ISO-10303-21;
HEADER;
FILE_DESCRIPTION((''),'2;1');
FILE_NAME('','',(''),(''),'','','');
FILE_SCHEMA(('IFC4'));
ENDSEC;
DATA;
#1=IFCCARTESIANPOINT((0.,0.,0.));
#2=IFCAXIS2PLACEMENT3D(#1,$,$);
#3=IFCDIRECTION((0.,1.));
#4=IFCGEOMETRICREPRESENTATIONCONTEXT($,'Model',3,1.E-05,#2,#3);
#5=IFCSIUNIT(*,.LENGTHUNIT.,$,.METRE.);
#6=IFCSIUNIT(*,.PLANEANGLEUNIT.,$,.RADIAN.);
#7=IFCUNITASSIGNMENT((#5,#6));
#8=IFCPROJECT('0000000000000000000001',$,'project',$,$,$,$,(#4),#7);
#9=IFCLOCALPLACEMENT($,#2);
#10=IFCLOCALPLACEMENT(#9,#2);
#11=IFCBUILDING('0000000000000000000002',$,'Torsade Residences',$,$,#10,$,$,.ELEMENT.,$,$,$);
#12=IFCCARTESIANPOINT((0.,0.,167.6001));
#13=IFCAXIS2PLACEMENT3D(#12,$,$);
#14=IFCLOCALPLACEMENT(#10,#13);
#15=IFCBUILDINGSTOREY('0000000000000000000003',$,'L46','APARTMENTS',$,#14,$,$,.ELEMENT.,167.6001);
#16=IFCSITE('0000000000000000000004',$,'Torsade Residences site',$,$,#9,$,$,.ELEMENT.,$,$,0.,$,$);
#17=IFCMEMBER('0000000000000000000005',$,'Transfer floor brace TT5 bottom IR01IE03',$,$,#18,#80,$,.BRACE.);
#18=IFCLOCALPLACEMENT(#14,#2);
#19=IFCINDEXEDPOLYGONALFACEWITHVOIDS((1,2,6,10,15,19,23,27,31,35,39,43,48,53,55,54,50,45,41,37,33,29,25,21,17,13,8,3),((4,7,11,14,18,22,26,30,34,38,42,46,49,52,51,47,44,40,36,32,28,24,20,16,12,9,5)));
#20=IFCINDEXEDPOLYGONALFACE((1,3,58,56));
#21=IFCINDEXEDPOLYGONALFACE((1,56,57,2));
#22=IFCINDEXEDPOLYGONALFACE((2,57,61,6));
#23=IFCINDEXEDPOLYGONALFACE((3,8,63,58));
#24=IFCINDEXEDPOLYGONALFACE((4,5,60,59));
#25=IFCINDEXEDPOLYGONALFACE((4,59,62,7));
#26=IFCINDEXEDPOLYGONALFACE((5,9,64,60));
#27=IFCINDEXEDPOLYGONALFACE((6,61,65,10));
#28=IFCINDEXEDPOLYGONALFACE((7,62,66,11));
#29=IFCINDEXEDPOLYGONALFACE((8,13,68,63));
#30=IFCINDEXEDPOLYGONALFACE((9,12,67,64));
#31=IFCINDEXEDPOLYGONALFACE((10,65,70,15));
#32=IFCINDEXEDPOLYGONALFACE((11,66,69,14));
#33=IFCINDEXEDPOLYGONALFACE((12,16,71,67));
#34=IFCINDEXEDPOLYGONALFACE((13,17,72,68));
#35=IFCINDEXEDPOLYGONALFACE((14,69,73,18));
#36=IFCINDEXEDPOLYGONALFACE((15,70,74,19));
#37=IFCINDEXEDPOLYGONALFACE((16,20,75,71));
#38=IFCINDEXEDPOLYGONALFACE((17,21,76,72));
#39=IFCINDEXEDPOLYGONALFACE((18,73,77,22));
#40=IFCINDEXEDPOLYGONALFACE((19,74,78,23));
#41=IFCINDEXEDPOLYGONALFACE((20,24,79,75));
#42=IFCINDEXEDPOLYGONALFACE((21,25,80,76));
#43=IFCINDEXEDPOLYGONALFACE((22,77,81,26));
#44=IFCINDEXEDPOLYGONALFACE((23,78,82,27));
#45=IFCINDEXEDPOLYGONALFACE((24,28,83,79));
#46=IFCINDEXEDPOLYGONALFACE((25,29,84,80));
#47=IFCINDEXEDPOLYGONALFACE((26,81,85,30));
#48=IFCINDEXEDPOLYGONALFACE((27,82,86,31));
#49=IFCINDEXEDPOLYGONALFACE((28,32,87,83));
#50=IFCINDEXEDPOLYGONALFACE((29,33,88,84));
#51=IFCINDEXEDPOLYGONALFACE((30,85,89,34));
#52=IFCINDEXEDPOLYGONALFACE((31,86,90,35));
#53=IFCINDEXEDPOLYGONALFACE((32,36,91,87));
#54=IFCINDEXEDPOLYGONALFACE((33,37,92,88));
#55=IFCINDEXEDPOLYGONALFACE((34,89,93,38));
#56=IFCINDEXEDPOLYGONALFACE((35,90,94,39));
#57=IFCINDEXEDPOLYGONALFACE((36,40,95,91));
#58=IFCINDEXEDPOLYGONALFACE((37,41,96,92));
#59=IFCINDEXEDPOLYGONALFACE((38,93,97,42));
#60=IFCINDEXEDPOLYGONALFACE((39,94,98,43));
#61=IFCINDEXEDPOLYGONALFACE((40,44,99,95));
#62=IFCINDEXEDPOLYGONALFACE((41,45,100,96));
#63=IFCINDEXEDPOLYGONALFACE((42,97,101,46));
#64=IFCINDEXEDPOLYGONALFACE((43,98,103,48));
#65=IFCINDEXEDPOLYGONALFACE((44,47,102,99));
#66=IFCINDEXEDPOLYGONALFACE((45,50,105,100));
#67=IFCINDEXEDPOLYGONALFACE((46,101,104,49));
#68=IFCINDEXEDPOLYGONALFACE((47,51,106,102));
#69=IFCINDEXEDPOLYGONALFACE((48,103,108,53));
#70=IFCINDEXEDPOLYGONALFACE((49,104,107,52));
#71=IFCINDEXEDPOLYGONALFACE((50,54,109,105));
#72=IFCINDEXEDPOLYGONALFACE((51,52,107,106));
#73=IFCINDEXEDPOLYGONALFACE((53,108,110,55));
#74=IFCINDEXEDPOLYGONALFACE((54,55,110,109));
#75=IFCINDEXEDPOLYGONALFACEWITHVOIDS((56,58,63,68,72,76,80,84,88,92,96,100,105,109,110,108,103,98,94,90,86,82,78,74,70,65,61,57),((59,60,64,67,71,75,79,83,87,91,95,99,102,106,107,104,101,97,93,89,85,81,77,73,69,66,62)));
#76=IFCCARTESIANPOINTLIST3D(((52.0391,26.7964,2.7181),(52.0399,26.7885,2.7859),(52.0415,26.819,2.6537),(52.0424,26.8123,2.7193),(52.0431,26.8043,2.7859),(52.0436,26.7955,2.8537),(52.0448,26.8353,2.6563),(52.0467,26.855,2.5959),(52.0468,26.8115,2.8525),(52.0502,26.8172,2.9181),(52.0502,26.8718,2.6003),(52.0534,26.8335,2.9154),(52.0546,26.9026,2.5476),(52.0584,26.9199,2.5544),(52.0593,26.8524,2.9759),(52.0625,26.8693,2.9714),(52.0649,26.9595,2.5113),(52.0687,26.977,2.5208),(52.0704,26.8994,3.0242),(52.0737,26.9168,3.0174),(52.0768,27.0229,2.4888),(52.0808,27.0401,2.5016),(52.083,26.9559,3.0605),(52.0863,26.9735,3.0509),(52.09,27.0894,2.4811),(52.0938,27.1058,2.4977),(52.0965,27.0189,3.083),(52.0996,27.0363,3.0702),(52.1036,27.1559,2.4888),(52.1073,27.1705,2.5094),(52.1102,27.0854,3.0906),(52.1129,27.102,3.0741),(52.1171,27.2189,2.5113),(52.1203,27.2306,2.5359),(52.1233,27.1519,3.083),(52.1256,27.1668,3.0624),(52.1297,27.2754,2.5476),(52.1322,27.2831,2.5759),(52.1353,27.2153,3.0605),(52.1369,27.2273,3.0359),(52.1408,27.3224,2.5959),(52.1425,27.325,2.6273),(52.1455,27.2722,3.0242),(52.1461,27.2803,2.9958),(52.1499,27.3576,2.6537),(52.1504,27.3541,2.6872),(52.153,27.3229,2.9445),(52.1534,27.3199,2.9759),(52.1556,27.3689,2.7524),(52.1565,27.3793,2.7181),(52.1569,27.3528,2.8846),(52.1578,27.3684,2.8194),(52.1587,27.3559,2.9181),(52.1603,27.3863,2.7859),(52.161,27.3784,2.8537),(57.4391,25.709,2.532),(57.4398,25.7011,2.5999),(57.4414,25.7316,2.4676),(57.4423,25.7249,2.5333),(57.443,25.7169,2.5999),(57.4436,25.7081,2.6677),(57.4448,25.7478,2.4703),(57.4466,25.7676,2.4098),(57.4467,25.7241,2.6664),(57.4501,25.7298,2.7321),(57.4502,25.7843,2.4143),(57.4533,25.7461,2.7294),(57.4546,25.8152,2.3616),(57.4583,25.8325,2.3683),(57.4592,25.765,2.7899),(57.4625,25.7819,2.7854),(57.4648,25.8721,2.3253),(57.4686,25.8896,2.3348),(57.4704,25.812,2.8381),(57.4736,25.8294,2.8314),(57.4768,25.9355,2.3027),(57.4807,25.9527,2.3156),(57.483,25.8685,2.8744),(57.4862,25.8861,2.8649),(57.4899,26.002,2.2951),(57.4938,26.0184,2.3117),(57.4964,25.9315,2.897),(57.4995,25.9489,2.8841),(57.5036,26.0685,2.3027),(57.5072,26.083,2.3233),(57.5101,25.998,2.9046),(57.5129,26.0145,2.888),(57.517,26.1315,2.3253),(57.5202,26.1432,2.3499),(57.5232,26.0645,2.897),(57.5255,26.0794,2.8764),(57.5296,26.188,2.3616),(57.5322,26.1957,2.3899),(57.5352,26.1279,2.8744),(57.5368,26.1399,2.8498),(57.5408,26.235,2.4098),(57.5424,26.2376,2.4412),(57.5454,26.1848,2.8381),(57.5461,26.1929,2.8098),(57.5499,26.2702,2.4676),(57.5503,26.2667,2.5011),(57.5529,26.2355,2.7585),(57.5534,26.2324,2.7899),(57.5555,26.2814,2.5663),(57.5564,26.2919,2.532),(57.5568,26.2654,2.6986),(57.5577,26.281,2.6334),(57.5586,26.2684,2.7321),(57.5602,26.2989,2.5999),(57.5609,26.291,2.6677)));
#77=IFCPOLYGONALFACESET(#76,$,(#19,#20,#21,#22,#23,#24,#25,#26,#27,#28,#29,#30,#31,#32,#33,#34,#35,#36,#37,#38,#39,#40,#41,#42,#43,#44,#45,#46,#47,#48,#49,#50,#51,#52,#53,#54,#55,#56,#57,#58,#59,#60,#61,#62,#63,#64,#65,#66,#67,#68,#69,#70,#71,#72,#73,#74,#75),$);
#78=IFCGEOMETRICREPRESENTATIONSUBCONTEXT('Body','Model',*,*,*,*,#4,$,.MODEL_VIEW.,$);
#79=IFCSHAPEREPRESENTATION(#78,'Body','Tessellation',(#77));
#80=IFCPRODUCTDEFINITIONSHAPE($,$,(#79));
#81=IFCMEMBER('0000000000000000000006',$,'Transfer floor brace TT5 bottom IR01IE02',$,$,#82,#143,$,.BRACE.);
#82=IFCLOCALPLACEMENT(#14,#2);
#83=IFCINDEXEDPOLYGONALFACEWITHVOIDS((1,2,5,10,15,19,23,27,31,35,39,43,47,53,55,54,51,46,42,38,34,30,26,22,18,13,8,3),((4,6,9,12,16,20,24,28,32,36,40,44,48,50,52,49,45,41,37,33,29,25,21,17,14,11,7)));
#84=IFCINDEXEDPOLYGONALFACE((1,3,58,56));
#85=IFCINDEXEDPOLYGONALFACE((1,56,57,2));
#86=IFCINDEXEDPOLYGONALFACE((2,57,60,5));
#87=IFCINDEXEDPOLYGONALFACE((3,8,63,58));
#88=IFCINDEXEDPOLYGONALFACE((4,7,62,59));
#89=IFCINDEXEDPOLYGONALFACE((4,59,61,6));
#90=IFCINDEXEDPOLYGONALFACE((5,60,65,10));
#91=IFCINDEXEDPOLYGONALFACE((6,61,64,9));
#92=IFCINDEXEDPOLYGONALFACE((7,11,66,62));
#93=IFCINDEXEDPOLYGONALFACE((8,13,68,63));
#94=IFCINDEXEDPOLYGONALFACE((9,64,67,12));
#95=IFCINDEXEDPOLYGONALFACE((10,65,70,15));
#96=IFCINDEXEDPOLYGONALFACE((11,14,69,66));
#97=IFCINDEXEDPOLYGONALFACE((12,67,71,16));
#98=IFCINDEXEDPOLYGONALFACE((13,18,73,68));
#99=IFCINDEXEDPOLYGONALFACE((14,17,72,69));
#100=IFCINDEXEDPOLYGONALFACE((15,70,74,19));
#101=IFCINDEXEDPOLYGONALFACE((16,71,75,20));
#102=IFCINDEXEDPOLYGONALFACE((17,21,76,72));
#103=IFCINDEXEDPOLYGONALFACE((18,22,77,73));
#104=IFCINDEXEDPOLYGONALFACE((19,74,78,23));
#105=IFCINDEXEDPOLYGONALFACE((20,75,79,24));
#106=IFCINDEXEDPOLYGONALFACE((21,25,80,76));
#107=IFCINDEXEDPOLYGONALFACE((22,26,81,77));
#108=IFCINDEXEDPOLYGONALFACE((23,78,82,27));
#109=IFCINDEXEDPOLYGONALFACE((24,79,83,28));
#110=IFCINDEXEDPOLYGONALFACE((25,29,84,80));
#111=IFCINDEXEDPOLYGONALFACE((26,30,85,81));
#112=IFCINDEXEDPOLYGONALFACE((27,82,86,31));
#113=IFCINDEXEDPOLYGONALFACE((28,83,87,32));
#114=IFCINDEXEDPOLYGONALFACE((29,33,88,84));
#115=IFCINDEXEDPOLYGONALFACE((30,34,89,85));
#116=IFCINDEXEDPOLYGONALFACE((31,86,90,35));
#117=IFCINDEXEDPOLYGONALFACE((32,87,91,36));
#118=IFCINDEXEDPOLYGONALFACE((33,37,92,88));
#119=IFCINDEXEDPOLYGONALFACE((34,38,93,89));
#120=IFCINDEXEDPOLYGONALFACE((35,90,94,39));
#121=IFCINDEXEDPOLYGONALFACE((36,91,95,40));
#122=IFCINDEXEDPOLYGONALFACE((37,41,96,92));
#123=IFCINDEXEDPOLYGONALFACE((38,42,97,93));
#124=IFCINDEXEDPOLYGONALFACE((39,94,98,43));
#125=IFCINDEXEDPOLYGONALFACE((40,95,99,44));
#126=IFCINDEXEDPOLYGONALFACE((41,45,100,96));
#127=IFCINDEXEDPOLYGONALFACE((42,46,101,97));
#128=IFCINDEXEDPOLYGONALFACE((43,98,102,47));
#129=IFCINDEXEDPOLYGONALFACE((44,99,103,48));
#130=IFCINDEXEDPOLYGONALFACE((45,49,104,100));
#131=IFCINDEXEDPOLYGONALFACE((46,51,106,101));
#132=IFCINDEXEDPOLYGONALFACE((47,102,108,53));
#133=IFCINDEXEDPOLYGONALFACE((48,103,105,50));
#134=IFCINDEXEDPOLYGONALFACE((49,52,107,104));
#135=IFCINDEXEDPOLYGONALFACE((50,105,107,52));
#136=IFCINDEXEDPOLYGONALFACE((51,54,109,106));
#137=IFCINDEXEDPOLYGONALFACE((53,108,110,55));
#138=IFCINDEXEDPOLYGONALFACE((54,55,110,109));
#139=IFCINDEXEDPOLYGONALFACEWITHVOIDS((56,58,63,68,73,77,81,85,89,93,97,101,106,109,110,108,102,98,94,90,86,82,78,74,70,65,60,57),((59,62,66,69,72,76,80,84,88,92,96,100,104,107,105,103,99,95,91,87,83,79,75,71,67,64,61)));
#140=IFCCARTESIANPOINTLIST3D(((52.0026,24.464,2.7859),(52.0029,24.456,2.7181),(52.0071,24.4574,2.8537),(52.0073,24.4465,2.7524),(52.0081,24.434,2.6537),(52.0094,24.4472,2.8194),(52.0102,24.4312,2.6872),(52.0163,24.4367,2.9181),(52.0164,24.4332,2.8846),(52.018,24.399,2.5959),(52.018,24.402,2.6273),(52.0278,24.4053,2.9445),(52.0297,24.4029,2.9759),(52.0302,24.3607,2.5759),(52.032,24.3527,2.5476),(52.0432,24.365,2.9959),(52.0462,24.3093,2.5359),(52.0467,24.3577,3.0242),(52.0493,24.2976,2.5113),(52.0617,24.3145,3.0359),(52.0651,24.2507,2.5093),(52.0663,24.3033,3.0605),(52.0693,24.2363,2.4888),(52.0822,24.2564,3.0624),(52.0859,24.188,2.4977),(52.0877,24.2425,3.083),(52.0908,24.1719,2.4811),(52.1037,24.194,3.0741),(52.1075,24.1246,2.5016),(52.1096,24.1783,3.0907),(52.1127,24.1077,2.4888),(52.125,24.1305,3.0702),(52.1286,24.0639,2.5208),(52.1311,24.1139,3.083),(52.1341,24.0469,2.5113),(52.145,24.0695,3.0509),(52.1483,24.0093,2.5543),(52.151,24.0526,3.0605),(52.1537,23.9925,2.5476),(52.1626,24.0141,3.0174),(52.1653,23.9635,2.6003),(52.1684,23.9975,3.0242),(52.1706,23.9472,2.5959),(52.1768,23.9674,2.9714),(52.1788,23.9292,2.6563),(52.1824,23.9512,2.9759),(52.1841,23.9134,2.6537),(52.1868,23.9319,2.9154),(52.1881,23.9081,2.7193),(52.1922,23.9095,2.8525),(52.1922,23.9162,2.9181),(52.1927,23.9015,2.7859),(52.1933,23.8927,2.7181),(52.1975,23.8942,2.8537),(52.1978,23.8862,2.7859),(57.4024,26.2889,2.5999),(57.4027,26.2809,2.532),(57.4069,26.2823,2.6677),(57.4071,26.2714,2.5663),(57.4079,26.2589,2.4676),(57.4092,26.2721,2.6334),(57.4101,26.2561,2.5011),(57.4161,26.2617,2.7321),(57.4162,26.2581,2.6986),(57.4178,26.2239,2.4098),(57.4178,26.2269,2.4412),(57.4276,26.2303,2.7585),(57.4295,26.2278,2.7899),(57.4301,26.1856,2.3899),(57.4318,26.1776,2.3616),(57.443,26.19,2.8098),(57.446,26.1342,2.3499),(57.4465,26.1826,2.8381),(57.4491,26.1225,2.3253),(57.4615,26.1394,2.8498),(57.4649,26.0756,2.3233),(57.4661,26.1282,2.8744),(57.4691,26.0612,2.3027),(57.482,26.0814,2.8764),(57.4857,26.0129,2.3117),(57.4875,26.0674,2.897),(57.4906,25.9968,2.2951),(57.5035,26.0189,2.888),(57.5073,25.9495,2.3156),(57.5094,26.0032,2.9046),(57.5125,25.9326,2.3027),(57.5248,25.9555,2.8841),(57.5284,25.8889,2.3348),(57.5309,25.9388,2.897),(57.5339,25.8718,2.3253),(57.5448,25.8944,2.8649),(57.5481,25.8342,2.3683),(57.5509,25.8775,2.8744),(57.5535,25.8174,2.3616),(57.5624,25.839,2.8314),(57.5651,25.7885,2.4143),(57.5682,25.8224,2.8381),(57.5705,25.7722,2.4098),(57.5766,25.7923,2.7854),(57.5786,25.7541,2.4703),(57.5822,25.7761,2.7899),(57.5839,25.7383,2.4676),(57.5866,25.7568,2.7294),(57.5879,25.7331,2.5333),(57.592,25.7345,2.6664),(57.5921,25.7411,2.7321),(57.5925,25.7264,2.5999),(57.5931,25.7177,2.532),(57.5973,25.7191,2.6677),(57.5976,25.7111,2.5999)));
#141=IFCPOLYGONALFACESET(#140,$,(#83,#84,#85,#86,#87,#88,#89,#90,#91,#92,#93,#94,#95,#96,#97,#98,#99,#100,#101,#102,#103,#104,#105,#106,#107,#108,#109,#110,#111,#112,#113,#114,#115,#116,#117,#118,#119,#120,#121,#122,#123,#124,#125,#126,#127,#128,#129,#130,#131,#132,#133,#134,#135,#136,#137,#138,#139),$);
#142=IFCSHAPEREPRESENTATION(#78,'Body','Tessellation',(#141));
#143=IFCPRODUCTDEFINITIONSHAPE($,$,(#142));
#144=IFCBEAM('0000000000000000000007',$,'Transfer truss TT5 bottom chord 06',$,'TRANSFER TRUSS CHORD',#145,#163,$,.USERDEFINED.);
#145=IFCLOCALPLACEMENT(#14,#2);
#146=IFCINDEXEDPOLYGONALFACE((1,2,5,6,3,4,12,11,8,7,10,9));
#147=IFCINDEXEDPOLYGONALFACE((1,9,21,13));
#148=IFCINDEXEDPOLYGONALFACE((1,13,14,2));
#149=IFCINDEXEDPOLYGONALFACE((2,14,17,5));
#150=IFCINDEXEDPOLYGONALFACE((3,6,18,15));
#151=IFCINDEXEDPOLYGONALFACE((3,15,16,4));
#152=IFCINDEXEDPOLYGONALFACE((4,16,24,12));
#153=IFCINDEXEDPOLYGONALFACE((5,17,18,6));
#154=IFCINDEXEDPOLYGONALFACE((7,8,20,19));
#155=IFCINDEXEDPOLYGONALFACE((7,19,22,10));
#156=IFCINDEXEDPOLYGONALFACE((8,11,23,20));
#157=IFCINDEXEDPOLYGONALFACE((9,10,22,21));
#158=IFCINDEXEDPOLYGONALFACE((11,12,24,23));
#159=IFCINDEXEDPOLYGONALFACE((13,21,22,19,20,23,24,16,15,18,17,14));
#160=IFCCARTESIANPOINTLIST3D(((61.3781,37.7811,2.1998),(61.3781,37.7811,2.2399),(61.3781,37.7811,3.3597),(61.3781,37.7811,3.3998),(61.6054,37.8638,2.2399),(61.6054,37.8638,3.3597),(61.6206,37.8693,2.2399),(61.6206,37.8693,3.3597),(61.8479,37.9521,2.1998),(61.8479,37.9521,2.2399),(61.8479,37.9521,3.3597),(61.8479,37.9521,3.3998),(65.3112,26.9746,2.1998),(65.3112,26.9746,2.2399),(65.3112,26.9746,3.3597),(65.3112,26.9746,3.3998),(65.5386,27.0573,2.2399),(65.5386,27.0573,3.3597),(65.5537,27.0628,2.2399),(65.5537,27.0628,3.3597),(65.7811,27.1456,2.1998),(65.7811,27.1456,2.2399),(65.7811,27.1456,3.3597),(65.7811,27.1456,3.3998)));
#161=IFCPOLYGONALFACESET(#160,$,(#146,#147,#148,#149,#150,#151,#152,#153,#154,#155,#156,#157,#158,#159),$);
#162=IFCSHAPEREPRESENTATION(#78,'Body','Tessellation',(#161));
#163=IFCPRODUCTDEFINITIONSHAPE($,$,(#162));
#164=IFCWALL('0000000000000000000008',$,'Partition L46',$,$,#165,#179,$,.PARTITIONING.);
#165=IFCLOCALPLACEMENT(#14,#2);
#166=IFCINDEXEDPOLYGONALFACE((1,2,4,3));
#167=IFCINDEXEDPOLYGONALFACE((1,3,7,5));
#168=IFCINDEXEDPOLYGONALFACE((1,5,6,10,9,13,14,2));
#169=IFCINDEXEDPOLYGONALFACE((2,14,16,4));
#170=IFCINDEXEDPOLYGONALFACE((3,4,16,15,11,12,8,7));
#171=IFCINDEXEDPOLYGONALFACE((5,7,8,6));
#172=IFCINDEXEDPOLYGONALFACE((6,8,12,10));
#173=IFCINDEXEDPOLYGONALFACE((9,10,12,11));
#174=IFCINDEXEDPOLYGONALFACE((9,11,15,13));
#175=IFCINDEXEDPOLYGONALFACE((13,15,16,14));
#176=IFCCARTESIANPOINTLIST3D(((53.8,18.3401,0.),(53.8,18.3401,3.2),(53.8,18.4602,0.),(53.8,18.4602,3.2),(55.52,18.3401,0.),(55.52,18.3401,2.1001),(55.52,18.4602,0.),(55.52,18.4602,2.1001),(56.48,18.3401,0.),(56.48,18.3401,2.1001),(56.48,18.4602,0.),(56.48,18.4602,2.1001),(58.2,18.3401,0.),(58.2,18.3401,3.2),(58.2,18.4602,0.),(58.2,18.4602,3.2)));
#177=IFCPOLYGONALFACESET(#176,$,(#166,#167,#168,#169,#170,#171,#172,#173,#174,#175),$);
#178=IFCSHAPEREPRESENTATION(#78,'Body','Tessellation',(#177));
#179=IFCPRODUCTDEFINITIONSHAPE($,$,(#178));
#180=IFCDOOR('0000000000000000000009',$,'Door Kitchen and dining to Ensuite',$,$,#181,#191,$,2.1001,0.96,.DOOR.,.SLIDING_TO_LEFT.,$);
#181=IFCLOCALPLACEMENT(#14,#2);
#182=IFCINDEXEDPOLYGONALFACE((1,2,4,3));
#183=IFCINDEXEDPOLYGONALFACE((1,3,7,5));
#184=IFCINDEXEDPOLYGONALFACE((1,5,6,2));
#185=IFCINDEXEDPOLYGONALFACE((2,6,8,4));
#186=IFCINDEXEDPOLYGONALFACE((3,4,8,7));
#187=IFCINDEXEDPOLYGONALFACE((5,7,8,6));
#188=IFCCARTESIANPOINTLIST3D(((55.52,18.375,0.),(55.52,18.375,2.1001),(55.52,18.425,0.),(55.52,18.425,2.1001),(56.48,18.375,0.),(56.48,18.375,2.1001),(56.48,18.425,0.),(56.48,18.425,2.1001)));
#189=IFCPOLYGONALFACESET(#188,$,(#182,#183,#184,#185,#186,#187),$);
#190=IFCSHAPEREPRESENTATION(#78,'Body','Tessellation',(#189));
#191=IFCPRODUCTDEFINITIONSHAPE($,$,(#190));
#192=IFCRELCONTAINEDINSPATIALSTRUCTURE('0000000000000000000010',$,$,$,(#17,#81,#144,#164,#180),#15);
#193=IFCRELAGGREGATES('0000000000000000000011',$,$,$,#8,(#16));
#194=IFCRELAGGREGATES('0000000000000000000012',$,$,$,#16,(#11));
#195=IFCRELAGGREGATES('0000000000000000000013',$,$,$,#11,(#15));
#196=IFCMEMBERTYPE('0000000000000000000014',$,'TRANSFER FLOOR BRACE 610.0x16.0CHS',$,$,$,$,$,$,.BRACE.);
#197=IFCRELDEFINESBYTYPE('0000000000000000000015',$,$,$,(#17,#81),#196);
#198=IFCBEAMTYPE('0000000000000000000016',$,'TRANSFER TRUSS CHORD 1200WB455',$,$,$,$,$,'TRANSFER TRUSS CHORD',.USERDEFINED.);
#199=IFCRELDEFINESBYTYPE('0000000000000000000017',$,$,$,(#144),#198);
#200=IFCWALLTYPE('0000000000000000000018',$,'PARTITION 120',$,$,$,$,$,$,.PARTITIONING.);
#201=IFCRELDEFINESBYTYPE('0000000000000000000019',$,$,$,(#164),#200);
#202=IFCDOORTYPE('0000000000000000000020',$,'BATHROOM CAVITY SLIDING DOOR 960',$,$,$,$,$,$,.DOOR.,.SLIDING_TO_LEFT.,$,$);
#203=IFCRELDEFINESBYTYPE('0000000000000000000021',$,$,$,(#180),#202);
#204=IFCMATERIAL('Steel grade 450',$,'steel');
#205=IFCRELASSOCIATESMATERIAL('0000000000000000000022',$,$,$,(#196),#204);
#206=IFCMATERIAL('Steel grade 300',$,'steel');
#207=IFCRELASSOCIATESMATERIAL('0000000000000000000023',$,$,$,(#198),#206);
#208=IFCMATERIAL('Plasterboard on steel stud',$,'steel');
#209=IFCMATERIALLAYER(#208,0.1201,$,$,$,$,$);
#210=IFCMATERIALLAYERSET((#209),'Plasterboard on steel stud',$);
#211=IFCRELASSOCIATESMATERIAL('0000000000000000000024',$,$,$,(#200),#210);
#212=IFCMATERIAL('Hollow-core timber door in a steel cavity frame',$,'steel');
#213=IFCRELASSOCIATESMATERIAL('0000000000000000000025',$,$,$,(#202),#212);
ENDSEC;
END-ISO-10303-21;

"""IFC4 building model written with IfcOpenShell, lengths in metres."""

from ifc_helpers import new_model, si_unit, direction, frame, frame_2d, origin, origin_2d, place, context, subcontext, project, spatial, rectangle, hollow_circle, i_section, extrude, material, layer, layer_set, material_profile, profile_set, type_object, element, fill, save


model = new_model("IFC4")

# Units and contexts
model_context = context("Model", 3, precision=1e-05, world=origin(), true_north=direction((0.0, 1.0)))
body_context = subcontext(model_context, "Body", "Model", "MODEL_VIEW")
ifc_project = project(units=[si_unit("LENGTHUNIT", "METRE"), si_unit("PLANEANGLEUNIT", "RADIAN")], contexts=[model_context])

# Site, building, storey
site_placement = place(None, origin())
site = spatial("IfcSite", under=ifc_project, at=site_placement, Name="Torsade Residences site", CompositionType="ELEMENT", RefElevation=0.0)
building_placement = place(site_placement, origin())
building = spatial("IfcBuilding", under=site, at=building_placement, Name="Torsade Residences", CompositionType="ELEMENT")
storey_placement = place(building_placement, frame((0.0, 0.0, 167.6001)))
storey = spatial("IfcBuildingStorey", under=building, at=storey_placement, Name="L46", Description="APARTMENTS", CompositionType="ELEMENT", Elevation=167.6001)

# Members
ifc_material_1 = material(Name="Steel grade 450", Category="steel")
ifc_material_profile_1 = material_profile(ifc_material_1, hollow_circle(Radius=0.3049, WallThickness=0.0161, at=origin_2d()), Name="610.0x16.0CHS")
ifc_profile_set_1 = profile_set([ifc_material_profile_1], Name="Steel grade 450")
member_type = type_object("IfcMemberType", Name="TRANSFER FLOOR BRACE 610.0x16.0CHS", PredefinedType="BRACE", material=ifc_profile_set_1)
member_1_placement = place(storey_placement, frame((57.5, 26.0, 2.5999), z_axis=(-0.979762, 0.197299, 0.033754), x_axis=(-0.197412, -0.980321, 0.0)))
element("IfcMember", 1, at=member_1_placement, inside=storey, type_object=member_type, Name="Transfer floor brace TT5 bottom IR01IE03", PredefinedType="BRACE", context=body_context, shape_type="SweptSolid", body=[
    extrude(hollow_circle(Radius=0.3049, WallThickness=0.0161, at=origin_2d()), origin(), (0.0, 0.0, 1.0), 5.5115),
])
member_2_placement = place(storey_placement, frame((57.5, 26.0, 2.5999), z_axis=(-0.946856, -0.319999, 0.032621), x_axis=(0.32017, -0.94736, 0.0)))
element("IfcMember", 2, at=member_2_placement, inside=storey, type_object=member_type, Name="Transfer floor brace TT5 bottom IR01IE02", PredefinedType="BRACE", context=body_context, shape_type="SweptSolid", body=[
    extrude(hollow_circle(Radius=0.3049, WallThickness=0.0161, at=origin_2d()), origin(), (0.0, 0.0, 1.0), 5.7029),
])

# Beam
ifc_material_2 = material(Name="Steel grade 300", Category="steel")
ifc_material_profile_2 = material_profile(ifc_material_2, i_section(OverallWidth=0.5, OverallDepth=1.2, WebThickness=0.0161, FlangeThickness=0.04, at=origin_2d()), Name="1200WB455")
ifc_profile_set_2 = profile_set([ifc_material_profile_2], Name="Steel grade 300")
beam_type_1 = type_object("IfcBeamType", Name="TRANSFER TRUSS CHORD 1200WB455", ElementType="TRANSFER TRUSS CHORD", PredefinedType="USERDEFINED", material=ifc_profile_set_2)
beam_1_placement = place(storey_placement, frame((65.5461, 27.0601, 2.7998), z_axis=(-0.342012, 0.939695, 0.0), x_axis=(-0.939695, -0.342012, 0.0)))
element("IfcBeam", 3, at=beam_1_placement, inside=storey, type_object=beam_type_1, Name="Transfer truss TT5 bottom chord 06", ObjectType="TRANSFER TRUSS CHORD", PredefinedType="USERDEFINED", context=body_context, shape_type="SweptSolid", body=[
    extrude(i_section(OverallWidth=0.5, OverallDepth=1.2, WebThickness=0.0161, FlangeThickness=0.04, at=origin_2d()), origin(), (0.0, 0.0, 1.0), 11.5),
])

# Wall, opening, door
ifc_material_3 = material(Name="Plasterboard on steel stud", Category="steel")
ifc_layer_1 = layer(ifc_material_3, 0.1201)
ifc_layer_set_1 = layer_set([ifc_layer_1], Name="Plasterboard on steel stud")
wall_type_1 = type_object("IfcWallType", Name="PARTITION 120", PredefinedType="PARTITIONING", material=ifc_layer_set_1)
wall_1_placement = place(storey_placement, frame((53.8, 18.4001, 0.0), z_axis=(0.0, 0.0, 1.0), x_axis=(1.0, 0.0, 0.0)))
wall_1 = element("IfcWall", 4, at=wall_1_placement, inside=storey, type_object=wall_type_1, Name="Partition L46", PredefinedType="PARTITIONING", context=body_context, shape_type="SweptSolid", body=[
    extrude(rectangle(XDim=4.3999, YDim=0.1201, at=frame_2d((2.2, 0.0))), origin(), (0.0, 0.0, 1.0), 3.2),
])
opening_1_placement = place(wall_1_placement, frame((1.72, 0.0, 0.0)))
opening_1 = element("IfcOpeningElement", 5, at=opening_1_placement, cuts=wall_1, PredefinedType="OPENING", context=body_context, shape_type="SweptSolid", body=[
    extrude(rectangle(XDim=0.96, YDim=2.1001, at=frame_2d((0.48, 1.05))), frame((0.0, 0.0701, 0.0), z_axis=(0.0, -1.0, 0.0), x_axis=(1.0, 0.0, 0.0)), (0.0, 0.0, 1.0), 0.1401),
])
ifc_material_4 = material(Name="Hollow-core timber door in a steel cavity frame", Category="steel")
door_type_1 = type_object("IfcDoorType", Name="BATHROOM CAVITY SLIDING DOOR 960", OperationType="SLIDING_TO_LEFT", PredefinedType="DOOR", material=ifc_material_4)
door_1_placement = place(opening_1_placement, origin())
door_1 = element("IfcDoor", 6, at=door_1_placement, inside=storey, type_object=door_type_1, Name="Door Kitchen and dining to Ensuite", OperationType="SLIDING_TO_LEFT", OverallHeight=2.1001, OverallWidth=0.96, PredefinedType="DOOR", context=body_context, shape_type="SweptSolid", body=[
    extrude(rectangle(XDim=0.96, YDim=2.1001, at=frame_2d((0.48, 1.05))), frame((0.0, 0.0249, 0.0), z_axis=(0.0, -1.0, 0.0), x_axis=(1.0, 0.0, 0.0)), (0.0, 0.0, 1.0), 0.05),
])
fill(opening_1, door_1)

save(model, "model.ifc")
